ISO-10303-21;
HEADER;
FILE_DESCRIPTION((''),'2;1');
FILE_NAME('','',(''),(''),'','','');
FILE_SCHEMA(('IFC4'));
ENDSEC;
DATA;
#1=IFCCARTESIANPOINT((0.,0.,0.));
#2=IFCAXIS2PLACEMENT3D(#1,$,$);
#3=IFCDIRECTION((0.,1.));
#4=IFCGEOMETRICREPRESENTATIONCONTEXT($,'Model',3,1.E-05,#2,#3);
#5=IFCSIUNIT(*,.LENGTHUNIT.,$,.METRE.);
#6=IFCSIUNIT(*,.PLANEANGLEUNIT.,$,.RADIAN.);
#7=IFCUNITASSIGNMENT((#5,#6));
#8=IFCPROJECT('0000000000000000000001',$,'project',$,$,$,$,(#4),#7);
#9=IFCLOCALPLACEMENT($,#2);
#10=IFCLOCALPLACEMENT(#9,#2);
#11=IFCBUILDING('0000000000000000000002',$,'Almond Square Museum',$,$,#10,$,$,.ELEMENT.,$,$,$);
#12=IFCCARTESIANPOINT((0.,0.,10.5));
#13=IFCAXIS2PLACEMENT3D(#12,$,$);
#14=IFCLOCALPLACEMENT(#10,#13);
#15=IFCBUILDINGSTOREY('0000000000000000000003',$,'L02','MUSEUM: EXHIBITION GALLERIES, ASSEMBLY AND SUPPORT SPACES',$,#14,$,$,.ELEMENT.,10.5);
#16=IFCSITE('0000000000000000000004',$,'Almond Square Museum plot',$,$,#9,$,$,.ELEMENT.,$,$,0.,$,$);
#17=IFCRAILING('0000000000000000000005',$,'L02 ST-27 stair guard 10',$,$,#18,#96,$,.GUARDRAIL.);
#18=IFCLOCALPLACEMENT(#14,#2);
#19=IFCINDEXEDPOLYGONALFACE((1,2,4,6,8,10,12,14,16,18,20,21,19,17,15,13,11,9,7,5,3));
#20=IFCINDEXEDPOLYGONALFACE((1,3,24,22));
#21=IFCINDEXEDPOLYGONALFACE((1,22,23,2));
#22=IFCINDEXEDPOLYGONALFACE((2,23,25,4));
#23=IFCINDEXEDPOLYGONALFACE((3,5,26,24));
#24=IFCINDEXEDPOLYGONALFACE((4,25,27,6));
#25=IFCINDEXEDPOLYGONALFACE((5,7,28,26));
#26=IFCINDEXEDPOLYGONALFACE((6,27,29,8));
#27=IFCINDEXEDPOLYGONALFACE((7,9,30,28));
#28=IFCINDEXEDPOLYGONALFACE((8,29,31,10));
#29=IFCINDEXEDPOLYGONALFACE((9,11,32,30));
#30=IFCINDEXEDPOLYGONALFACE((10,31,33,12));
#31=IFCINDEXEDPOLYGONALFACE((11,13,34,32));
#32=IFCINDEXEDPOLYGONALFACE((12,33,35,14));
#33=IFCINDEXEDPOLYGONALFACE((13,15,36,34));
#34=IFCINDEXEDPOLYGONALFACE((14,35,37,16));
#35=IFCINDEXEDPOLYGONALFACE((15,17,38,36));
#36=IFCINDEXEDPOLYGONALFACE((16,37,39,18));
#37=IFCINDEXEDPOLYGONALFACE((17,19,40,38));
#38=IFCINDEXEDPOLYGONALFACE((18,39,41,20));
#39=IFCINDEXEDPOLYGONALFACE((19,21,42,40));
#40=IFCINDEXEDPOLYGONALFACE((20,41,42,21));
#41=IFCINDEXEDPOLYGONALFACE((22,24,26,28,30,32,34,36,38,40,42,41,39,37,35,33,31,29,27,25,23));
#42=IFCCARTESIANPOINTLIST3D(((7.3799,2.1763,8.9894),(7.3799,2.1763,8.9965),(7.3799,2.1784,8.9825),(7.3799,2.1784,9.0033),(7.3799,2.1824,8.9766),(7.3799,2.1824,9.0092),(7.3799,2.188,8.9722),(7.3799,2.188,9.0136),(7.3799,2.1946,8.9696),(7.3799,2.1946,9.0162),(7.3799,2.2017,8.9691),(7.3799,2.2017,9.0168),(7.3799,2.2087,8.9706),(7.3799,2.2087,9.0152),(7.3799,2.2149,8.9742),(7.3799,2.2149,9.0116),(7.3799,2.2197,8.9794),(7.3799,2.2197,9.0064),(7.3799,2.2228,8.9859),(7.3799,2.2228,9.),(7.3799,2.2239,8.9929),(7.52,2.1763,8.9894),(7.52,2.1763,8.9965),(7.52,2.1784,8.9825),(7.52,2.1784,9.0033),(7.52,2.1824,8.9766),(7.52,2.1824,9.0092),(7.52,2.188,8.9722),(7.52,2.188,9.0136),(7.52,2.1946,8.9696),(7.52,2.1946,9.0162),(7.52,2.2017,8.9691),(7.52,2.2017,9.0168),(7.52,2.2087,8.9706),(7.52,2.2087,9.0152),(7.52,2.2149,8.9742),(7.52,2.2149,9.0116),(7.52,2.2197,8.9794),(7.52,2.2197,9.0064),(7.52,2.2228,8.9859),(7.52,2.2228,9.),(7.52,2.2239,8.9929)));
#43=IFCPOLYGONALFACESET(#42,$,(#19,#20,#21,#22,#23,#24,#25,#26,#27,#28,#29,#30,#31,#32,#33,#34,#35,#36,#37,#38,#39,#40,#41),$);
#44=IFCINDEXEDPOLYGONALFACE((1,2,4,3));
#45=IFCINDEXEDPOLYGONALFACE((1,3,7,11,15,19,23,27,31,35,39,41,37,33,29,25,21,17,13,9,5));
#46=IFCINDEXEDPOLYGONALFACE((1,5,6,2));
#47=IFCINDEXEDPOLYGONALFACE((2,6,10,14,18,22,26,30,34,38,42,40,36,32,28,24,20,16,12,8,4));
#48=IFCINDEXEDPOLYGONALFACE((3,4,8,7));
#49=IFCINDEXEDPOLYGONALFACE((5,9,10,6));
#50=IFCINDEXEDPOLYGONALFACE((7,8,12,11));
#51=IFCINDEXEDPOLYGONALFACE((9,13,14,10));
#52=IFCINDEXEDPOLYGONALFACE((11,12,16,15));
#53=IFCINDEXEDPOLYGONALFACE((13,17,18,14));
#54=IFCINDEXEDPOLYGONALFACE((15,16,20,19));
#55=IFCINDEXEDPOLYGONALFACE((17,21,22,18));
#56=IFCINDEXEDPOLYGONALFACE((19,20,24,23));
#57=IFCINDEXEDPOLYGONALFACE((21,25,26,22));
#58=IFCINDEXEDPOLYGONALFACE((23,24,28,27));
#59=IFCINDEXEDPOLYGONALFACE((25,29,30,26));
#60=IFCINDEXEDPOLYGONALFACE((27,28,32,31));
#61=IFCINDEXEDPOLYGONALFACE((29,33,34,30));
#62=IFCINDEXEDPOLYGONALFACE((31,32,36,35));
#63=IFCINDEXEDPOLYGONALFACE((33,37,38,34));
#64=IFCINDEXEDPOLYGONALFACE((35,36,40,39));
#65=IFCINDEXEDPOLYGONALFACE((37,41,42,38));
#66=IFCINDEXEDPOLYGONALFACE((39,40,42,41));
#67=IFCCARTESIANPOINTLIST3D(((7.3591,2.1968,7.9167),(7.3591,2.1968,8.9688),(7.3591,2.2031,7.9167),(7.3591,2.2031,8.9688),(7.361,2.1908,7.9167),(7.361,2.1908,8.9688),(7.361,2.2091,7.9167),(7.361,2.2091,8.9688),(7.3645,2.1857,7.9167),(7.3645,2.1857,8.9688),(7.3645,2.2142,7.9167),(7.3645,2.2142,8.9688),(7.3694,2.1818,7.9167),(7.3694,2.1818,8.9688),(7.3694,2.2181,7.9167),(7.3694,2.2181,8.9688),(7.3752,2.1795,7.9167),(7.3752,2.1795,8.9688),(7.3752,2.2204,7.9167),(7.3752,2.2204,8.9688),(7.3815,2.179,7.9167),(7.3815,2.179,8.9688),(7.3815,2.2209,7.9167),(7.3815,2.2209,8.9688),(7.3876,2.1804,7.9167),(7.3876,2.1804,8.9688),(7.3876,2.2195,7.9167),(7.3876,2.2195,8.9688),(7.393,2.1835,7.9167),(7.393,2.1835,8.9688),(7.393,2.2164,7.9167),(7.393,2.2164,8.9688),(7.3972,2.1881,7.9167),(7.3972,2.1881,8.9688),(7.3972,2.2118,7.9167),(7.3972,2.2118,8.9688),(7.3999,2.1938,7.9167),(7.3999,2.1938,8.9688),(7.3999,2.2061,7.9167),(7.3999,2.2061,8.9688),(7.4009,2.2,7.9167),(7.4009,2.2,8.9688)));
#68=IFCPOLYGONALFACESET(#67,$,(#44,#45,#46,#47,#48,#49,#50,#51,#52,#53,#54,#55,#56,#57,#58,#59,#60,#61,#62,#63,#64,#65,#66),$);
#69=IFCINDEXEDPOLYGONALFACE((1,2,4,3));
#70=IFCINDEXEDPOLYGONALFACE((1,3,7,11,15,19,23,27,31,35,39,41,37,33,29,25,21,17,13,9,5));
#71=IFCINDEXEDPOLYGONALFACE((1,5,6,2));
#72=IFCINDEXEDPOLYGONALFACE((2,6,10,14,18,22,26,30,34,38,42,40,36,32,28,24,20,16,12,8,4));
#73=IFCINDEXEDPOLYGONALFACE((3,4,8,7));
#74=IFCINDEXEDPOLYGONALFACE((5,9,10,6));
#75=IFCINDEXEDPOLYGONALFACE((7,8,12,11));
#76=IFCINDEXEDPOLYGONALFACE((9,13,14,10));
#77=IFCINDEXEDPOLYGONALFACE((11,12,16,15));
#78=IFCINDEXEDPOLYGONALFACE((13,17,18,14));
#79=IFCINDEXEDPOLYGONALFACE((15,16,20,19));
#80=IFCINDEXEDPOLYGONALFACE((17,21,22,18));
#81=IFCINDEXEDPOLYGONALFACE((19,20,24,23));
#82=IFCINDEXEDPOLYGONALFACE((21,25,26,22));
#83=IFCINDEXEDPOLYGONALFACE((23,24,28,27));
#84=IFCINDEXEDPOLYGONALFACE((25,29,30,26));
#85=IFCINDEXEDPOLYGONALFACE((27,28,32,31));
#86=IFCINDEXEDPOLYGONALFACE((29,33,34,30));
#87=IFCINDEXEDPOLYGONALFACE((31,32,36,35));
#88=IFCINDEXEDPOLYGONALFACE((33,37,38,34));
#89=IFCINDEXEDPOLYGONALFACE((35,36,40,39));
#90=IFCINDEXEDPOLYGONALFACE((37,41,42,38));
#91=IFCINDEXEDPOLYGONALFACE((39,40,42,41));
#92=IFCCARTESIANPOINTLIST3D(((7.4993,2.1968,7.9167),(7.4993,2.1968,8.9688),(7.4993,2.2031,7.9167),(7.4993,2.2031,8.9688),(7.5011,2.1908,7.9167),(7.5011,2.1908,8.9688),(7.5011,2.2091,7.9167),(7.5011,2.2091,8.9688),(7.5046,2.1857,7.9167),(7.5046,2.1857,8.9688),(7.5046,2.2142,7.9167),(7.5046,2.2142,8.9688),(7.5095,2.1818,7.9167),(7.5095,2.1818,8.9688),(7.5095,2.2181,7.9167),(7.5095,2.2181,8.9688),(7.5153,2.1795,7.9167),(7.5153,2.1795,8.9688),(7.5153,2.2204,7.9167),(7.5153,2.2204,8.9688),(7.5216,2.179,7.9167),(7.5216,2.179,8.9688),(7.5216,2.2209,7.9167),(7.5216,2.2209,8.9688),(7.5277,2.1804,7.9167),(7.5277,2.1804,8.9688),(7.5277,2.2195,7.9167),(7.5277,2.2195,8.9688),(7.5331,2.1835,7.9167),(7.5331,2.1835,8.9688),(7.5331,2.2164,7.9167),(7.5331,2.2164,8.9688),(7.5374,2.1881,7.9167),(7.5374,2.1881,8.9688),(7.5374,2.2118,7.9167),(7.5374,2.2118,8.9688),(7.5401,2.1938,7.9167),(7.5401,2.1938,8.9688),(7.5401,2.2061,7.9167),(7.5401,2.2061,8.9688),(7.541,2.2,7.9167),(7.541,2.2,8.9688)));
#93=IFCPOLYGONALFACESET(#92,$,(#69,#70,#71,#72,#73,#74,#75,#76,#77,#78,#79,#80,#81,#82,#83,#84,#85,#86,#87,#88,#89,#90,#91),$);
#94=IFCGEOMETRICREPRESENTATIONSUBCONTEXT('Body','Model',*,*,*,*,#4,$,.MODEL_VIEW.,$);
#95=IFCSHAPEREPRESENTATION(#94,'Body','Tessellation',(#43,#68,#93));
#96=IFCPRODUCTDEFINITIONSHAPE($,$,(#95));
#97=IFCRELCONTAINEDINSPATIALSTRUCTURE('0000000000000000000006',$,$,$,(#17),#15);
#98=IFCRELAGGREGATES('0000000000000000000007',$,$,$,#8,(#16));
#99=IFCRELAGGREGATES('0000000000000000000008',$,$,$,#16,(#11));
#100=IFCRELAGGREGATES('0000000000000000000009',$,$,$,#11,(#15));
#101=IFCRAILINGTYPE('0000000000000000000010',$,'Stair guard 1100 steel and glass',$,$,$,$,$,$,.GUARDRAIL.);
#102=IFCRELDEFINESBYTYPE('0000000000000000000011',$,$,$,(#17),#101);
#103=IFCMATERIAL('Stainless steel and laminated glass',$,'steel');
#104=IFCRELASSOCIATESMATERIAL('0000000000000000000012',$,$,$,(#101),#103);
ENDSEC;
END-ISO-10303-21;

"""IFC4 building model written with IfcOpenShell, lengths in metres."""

from ifc_helpers import new_model, si_unit, direction, frame, origin, origin_2d, place, context, subcontext, project, spatial, circle, extrude, material, type_object, element, save


model = new_model("IFC4")

# Units and contexts
model_context = context("Model", 3, precision=1e-05, world=origin(), true_north=direction((0.0, 1.0)))
body_context = subcontext(model_context, "Body", "Model", "MODEL_VIEW")
ifc_project = project(units=[si_unit("LENGTHUNIT", "METRE"), si_unit("PLANEANGLEUNIT", "RADIAN")], contexts=[model_context])

# Site, building, storey
site_placement = place(None, origin())
site = spatial("IfcSite", under=ifc_project, at=site_placement, Name="Almond Square Museum plot", CompositionType="ELEMENT", RefElevation=0.0)
building_placement = place(site_placement, origin())
building = spatial("IfcBuilding", under=site, at=building_placement, Name="Almond Square Museum", CompositionType="ELEMENT")
storey_placement = place(building_placement, frame((0.0, 0.0, 10.5)))
storey = spatial("IfcBuildingStorey", under=building, at=storey_placement, Name="L02", Description="MUSEUM: EXHIBITION GALLERIES, ASSEMBLY AND SUPPORT SPACES", CompositionType="ELEMENT", Elevation=10.5)

# Railing
ifc_material_1 = material(Name="Stainless steel and laminated glass", Category="steel")
railing_type_1 = type_object("IfcRailingType", Name="Stair guard 1100 steel and glass", PredefinedType="GUARDRAIL", material=ifc_material_1)
railing_1_placement = place(storey_placement, frame((7.3799, 2.2, 7.9167)))
element("IfcRailing", 1, at=railing_1_placement, inside=storey, type_object=railing_type_1, Name="L02 ST-27 stair guard 10", PredefinedType="GUARDRAIL", context=body_context, shape_type="SweptSolid", body=[
    extrude(circle(Radius=0.0239, at=origin_2d()), frame((0.0, 0.0, 1.0762), z_axis=(1.0, 0.0, 0.0), x_axis=(0.0, 1.0, 0.0)), (0.0, 0.0, 1.0), 0.1401),
    extrude(circle(Radius=0.021, at=origin_2d()), origin(), (0.0, 0.0, 1.0), 1.052),
    extrude(circle(Radius=0.021, at=origin_2d()), frame((0.1401, 0.0, 0.0)), (0.0, 0.0, 1.0), 1.052),
])

save(model, "model.ifc")
